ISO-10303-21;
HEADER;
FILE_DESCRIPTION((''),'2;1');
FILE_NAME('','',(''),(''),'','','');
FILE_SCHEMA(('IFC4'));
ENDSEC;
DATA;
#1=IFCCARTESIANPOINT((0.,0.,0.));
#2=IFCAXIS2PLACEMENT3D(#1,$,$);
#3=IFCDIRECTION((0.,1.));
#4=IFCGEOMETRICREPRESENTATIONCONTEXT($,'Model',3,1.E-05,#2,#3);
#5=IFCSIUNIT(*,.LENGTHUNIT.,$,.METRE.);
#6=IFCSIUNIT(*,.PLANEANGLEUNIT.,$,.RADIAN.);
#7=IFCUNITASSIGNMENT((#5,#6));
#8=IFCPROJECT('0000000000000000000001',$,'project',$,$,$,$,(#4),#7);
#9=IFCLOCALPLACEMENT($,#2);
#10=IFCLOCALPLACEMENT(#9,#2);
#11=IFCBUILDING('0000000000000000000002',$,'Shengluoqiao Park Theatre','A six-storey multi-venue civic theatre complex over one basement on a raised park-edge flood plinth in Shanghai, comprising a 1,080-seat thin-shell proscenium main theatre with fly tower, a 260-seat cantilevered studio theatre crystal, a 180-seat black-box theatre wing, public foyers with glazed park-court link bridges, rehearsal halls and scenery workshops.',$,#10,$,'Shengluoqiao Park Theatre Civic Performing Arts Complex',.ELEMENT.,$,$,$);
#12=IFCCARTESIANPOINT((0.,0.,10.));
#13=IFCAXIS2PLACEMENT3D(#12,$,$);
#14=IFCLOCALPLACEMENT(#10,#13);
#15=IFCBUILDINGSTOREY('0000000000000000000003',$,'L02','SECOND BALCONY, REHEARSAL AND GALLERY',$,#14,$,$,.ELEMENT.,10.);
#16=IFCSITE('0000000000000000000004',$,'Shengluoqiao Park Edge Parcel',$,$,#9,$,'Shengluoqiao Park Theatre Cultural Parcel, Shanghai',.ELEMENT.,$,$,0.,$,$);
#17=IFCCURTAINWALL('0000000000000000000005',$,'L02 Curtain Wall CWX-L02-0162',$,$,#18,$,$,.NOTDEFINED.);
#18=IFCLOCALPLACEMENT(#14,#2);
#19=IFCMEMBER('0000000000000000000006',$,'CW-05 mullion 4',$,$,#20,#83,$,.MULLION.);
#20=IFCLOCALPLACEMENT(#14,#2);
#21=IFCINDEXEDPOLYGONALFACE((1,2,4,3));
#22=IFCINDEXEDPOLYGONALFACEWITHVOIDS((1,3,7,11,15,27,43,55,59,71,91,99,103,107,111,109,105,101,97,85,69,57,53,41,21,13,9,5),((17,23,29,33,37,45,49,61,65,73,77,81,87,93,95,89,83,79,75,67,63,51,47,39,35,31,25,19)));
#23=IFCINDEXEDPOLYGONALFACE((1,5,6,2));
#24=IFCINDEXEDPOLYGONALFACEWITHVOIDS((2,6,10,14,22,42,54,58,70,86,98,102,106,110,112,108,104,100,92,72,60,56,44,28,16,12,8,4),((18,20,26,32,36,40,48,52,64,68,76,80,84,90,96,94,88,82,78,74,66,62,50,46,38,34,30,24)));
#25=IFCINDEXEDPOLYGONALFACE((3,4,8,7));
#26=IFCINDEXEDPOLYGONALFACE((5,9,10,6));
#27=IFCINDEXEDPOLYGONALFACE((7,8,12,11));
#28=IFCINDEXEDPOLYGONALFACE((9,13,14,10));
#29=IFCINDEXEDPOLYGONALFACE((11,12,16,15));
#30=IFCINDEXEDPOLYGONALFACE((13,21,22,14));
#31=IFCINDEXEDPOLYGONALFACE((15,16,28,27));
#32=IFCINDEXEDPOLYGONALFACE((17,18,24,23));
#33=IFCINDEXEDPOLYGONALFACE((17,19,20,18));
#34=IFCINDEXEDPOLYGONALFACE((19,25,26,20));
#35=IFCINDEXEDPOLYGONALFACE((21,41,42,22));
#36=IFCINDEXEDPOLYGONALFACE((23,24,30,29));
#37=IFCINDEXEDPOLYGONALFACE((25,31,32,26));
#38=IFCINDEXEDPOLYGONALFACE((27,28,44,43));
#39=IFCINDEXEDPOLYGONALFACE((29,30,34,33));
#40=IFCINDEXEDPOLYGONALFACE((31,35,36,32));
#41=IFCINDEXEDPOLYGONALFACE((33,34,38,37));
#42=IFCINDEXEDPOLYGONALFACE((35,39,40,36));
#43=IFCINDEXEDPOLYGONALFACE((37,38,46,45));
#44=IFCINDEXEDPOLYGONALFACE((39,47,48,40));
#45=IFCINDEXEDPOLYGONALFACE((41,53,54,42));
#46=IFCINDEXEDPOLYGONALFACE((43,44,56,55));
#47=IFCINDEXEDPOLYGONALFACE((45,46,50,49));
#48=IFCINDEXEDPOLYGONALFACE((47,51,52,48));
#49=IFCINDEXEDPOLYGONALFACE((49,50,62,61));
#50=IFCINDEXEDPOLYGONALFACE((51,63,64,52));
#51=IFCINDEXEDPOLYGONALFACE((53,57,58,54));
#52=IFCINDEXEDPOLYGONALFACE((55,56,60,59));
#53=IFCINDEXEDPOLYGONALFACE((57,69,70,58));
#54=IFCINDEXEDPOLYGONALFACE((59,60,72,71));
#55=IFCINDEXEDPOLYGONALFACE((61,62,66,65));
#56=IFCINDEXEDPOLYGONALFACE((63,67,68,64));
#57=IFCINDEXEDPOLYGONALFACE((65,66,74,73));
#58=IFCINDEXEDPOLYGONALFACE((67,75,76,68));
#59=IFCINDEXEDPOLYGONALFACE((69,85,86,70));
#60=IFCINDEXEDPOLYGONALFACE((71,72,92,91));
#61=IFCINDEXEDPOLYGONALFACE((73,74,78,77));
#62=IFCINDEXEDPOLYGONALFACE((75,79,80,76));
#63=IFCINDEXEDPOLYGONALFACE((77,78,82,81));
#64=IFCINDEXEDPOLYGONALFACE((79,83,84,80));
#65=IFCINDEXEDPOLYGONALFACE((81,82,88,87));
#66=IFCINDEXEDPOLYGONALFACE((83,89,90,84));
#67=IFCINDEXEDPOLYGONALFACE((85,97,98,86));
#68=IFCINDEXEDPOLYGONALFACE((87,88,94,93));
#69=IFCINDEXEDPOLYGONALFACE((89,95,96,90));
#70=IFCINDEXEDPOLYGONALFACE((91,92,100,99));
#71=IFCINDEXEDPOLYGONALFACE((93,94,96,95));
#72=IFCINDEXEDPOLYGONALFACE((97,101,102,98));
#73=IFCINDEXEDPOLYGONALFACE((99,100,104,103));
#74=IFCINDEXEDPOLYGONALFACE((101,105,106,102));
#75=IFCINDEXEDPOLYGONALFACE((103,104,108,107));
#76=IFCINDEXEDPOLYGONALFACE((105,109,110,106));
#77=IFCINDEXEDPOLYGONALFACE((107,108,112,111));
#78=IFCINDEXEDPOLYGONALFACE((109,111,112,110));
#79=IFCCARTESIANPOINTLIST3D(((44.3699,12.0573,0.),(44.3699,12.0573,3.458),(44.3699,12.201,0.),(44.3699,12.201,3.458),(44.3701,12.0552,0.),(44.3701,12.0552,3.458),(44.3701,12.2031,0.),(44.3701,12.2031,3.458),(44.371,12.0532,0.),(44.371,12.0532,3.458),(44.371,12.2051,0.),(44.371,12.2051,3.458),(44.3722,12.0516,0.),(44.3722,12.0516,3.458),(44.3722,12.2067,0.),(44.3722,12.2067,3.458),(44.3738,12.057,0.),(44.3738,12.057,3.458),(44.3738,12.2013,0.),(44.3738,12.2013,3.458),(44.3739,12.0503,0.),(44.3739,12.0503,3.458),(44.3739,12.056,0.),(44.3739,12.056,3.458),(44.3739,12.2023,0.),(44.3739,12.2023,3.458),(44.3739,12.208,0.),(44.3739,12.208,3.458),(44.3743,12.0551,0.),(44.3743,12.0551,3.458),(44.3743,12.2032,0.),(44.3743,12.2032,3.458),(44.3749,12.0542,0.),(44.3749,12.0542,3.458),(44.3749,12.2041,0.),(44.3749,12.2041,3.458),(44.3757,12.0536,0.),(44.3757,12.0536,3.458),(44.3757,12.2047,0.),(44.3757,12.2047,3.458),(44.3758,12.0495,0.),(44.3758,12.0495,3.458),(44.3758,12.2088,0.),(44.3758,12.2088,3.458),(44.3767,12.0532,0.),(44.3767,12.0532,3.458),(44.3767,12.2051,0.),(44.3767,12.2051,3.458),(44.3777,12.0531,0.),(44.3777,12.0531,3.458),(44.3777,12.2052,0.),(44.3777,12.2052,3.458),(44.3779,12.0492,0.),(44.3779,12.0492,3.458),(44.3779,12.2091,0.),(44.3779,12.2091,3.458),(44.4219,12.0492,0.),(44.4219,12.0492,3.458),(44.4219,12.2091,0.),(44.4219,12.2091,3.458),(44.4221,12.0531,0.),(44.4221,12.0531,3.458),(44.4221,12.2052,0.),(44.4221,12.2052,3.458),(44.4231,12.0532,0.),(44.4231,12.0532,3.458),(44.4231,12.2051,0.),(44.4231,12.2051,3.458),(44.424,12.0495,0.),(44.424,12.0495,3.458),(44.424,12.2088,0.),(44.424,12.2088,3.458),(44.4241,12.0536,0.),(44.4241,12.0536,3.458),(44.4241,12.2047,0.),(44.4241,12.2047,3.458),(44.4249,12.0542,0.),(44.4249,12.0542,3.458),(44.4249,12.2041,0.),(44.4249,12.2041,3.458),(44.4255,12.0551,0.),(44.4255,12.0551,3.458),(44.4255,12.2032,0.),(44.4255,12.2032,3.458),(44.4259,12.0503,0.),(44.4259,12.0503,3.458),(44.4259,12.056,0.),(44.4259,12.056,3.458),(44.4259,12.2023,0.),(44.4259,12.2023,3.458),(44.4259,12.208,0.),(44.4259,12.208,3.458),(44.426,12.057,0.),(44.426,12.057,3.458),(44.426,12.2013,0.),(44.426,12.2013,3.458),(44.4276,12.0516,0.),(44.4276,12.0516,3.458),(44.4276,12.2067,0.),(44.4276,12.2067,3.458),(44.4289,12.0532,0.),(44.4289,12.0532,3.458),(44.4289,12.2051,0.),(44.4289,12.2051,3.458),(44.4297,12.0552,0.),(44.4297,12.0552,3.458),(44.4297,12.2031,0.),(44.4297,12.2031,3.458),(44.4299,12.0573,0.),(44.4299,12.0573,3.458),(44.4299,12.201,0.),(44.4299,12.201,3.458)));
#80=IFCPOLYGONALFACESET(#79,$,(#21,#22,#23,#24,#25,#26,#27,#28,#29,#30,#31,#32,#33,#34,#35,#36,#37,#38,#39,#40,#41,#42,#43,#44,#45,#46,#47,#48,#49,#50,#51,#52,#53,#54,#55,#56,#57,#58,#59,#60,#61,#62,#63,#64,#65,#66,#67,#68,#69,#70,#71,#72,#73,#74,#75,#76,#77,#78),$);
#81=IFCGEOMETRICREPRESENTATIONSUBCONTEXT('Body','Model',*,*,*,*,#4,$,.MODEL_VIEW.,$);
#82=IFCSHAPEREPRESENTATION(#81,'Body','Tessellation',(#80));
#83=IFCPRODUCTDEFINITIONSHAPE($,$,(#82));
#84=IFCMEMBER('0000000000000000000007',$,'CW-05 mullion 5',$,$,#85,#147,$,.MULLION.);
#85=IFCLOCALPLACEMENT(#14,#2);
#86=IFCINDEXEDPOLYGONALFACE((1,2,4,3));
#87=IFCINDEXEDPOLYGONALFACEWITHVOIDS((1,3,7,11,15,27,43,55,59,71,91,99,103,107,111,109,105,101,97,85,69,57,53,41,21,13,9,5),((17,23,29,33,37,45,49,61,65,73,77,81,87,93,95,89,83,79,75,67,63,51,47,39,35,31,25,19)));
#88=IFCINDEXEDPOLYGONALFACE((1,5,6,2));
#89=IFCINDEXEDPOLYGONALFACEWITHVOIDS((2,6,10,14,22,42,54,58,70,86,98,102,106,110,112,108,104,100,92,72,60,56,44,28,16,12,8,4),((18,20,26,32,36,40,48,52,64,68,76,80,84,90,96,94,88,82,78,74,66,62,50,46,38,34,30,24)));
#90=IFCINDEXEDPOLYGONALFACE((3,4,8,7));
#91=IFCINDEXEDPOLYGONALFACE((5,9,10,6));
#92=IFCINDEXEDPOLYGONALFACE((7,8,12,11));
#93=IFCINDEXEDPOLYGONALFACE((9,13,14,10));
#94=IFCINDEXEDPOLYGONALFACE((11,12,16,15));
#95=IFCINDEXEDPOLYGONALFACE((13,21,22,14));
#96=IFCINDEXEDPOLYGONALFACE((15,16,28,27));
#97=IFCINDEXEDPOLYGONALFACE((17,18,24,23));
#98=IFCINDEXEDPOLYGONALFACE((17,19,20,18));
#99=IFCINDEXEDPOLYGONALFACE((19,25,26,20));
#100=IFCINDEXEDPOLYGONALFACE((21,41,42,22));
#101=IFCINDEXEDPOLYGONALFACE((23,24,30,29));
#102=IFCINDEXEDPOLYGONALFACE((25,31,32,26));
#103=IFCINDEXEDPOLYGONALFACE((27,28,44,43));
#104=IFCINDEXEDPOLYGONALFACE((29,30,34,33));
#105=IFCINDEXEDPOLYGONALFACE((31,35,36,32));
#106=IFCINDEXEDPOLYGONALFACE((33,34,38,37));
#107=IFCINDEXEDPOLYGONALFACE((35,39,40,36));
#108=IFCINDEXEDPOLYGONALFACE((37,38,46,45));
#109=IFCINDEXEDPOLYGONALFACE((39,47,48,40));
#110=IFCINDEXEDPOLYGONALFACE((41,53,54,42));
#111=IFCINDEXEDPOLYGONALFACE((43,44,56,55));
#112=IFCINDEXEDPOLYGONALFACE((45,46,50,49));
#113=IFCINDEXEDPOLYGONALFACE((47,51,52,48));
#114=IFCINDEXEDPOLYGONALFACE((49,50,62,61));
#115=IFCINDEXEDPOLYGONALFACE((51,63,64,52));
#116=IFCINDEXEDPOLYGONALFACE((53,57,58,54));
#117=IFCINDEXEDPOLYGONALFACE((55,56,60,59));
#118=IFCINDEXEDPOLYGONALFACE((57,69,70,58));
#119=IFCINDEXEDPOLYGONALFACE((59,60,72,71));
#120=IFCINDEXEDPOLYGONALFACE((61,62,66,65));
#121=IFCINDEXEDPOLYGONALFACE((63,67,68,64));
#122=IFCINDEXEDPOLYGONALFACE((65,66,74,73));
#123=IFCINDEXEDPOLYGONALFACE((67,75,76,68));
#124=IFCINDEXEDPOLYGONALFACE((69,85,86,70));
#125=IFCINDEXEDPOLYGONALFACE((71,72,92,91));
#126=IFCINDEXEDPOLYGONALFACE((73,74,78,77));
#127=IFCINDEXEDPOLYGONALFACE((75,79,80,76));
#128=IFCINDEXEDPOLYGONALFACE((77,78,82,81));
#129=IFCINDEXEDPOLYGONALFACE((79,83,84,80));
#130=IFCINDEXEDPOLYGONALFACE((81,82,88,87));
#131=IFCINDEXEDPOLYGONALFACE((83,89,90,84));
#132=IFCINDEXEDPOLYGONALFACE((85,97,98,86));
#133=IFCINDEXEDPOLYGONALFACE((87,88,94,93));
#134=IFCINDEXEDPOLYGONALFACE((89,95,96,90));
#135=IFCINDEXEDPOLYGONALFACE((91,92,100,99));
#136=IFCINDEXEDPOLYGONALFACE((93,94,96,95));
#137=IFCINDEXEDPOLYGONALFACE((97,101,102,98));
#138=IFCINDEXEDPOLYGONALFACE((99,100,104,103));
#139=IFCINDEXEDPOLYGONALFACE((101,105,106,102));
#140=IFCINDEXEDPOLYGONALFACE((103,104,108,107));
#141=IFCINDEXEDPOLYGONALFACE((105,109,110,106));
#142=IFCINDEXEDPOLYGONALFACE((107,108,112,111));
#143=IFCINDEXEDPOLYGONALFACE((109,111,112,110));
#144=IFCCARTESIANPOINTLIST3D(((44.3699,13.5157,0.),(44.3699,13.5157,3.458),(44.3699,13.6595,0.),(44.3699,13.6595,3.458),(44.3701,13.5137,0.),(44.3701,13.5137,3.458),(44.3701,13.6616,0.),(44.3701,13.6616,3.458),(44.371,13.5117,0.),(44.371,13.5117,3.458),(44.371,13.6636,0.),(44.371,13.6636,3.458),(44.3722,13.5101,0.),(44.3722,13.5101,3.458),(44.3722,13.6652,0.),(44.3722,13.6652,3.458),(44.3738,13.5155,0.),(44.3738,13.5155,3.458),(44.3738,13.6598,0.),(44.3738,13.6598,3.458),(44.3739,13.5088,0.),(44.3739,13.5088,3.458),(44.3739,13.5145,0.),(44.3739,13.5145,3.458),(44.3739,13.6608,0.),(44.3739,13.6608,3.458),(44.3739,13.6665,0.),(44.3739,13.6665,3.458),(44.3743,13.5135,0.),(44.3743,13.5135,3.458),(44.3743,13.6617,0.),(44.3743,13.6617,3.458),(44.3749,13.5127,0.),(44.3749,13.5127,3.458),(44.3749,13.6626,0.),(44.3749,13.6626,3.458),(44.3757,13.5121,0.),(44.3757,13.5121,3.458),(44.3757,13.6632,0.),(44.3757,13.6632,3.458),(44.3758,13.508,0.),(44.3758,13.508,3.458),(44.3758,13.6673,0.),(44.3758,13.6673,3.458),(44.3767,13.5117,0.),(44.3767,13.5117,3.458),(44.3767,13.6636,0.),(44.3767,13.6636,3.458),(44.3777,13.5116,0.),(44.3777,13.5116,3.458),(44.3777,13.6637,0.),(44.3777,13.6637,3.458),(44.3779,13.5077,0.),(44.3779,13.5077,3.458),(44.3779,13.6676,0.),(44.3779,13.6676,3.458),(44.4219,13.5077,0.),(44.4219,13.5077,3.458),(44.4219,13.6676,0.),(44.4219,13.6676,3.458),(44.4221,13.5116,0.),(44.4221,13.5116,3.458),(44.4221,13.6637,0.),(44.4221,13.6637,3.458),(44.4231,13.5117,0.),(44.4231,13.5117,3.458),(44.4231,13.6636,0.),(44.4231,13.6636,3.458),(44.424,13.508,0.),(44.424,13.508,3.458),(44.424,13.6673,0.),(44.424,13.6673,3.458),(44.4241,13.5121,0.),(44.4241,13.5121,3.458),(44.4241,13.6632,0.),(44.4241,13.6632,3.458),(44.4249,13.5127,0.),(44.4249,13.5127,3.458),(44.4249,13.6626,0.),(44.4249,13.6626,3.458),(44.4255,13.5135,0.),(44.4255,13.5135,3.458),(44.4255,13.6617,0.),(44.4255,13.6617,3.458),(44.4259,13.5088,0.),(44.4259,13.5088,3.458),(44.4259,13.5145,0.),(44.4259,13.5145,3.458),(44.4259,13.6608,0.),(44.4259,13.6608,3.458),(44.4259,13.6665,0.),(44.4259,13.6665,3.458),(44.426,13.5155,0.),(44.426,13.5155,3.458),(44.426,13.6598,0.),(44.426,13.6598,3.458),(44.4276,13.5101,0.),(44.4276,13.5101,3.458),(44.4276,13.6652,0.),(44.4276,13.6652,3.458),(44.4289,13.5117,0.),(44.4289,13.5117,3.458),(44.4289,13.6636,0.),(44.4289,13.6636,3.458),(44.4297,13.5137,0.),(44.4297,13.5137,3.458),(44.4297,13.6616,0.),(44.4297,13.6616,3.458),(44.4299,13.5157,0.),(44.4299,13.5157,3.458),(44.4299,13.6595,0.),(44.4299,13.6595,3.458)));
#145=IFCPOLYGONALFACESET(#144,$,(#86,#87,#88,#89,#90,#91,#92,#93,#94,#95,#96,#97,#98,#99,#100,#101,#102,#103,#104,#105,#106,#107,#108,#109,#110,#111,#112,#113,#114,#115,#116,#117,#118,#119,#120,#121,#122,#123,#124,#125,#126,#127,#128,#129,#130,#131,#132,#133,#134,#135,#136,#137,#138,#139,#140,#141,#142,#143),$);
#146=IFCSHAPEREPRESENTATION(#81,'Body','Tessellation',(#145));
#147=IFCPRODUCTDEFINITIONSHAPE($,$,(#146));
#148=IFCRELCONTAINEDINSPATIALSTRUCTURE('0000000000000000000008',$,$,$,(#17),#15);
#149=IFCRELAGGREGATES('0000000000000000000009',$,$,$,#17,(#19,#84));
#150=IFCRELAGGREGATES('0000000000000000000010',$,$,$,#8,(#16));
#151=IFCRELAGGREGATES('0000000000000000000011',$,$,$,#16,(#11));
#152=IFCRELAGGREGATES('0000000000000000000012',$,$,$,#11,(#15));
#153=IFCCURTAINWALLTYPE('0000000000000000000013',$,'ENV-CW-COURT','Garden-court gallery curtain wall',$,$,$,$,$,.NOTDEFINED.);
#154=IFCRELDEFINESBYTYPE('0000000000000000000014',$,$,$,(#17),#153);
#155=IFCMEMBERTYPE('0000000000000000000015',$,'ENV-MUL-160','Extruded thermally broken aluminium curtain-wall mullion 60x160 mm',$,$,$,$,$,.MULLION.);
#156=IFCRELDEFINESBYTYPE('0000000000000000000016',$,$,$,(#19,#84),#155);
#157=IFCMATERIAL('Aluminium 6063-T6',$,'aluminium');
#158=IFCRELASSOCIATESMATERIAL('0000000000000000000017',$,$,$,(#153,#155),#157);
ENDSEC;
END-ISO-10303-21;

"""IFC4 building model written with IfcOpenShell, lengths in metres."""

from ifc_helpers import new_model, si_unit, direction, frame, origin, origin_2d, place, context, subcontext, project, spatial, hollow_rectangle, extrude, material, material_profile, profile_set, type_object, element, aggregate, save


model = new_model("IFC4")

# Units and contexts
model_context = context("Model", 3, precision=1e-05, world=origin(), true_north=direction((0.0, 1.0)))
body_context = subcontext(model_context, "Body", "Model", "MODEL_VIEW")
ifc_project = project(units=[si_unit("LENGTHUNIT", "METRE"), si_unit("PLANEANGLEUNIT", "RADIAN")], contexts=[model_context])

# Site, building, storey
site_placement = place(None, origin())
site = spatial("IfcSite", under=ifc_project, at=site_placement, Name="Shengluoqiao Park Edge Parcel", LongName="Shengluoqiao Park Theatre Cultural Parcel, Shanghai", CompositionType="ELEMENT", RefElevation=0.0)
building_placement = place(site_placement, origin())
building = spatial("IfcBuilding", under=site, at=building_placement, Name="Shengluoqiao Park Theatre", Description="A six-storey multi-venue civic theatre complex over one basement on a raised park-edge flood plinth in Shanghai, comprising a 1,080-seat thin-shell proscenium main theatre with fly tower, a 260-seat cantilevered studio theatre crystal, a 180-seat black-box theatre wing, public foyers with glazed park-court link bridges, rehearsal halls and scenery workshops.", LongName="Shengluoqiao Park Theatre Civic Performing Arts Complex", CompositionType="ELEMENT")
storey_placement = place(building_placement, frame((0.0, 0.0, 10.0)))
storey = spatial("IfcBuildingStorey", under=building, at=storey_placement, Name="L02", Description="SECOND BALCONY, REHEARSAL AND GALLERY", CompositionType="ELEMENT", Elevation=10.0)

# Curtain wall, members
ifc_material_1 = material(Name="Aluminium 6063-T6", Category="aluminium")
curtain_wall_type = type_object("IfcCurtainWallType", Name="ENV-CW-COURT", Description="Garden-court gallery curtain wall", PredefinedType="NOTDEFINED", material=ifc_material_1)
curtain_wall_placement = place(storey_placement, origin())
curtain_wall = element("IfcCurtainWall", 1, at=curtain_wall_placement, inside=storey, type_object=curtain_wall_type, Name="L02 Curtain Wall CWX-L02-0162", PredefinedType="NOTDEFINED")
ifc_material_profile_1 = material_profile(ifc_material_1, hollow_rectangle(XDim=0.0601, YDim=0.1599, WallThickness=0.0039, InnerFilletRadius=0.0039, OuterFilletRadius=0.0081, at=origin_2d()), Name="ALU MULLION 160x60x4")
ifc_profile_set_1 = profile_set([ifc_material_profile_1], Name="Aluminium 6063-T6")
member_type_1 = type_object("IfcMemberType", Name="ENV-MUL-160", Description="Extruded thermally broken aluminium curtain-wall mullion 60x160 mm", PredefinedType="MULLION", material=ifc_profile_set_1)
member_1_placement = place(storey_placement, frame((44.3999, 12.1292, 0.0), z_axis=(0.0, 0.0, 1.0), x_axis=(-1.0, 0.0, 0.0)))
member_1 = element("IfcMember", 2, at=member_1_placement, type_object=member_type_1, Name="CW-05 mullion 4", PredefinedType="MULLION", context=body_context, shape_type="SweptSolid", body=[
    extrude(hollow_rectangle(XDim=0.0601, YDim=0.1599, WallThickness=0.0039, InnerFilletRadius=0.0039, OuterFilletRadius=0.0081, at=origin_2d()), origin(), (0.0, 0.0, 1.0), 3.458),
])
member_2_placement = place(storey_placement, frame((44.3999, 13.5876, 0.0), z_axis=(0.0, 0.0, 1.0), x_axis=(-1.0, 0.0, 0.0)))
member_2 = element("IfcMember", 3, at=member_2_placement, type_object=member_type_1, Name="CW-05 mullion 5", PredefinedType="MULLION", context=body_context, shape_type="SweptSolid", body=[
    extrude(hollow_rectangle(XDim=0.0601, YDim=0.1599, WallThickness=0.0039, InnerFilletRadius=0.0039, OuterFilletRadius=0.0081, at=origin_2d()), origin(), (0.0, 0.0, 1.0), 3.458),
])
aggregate(curtain_wall, [member_1, member_2])

save(model, "model.ifc")
